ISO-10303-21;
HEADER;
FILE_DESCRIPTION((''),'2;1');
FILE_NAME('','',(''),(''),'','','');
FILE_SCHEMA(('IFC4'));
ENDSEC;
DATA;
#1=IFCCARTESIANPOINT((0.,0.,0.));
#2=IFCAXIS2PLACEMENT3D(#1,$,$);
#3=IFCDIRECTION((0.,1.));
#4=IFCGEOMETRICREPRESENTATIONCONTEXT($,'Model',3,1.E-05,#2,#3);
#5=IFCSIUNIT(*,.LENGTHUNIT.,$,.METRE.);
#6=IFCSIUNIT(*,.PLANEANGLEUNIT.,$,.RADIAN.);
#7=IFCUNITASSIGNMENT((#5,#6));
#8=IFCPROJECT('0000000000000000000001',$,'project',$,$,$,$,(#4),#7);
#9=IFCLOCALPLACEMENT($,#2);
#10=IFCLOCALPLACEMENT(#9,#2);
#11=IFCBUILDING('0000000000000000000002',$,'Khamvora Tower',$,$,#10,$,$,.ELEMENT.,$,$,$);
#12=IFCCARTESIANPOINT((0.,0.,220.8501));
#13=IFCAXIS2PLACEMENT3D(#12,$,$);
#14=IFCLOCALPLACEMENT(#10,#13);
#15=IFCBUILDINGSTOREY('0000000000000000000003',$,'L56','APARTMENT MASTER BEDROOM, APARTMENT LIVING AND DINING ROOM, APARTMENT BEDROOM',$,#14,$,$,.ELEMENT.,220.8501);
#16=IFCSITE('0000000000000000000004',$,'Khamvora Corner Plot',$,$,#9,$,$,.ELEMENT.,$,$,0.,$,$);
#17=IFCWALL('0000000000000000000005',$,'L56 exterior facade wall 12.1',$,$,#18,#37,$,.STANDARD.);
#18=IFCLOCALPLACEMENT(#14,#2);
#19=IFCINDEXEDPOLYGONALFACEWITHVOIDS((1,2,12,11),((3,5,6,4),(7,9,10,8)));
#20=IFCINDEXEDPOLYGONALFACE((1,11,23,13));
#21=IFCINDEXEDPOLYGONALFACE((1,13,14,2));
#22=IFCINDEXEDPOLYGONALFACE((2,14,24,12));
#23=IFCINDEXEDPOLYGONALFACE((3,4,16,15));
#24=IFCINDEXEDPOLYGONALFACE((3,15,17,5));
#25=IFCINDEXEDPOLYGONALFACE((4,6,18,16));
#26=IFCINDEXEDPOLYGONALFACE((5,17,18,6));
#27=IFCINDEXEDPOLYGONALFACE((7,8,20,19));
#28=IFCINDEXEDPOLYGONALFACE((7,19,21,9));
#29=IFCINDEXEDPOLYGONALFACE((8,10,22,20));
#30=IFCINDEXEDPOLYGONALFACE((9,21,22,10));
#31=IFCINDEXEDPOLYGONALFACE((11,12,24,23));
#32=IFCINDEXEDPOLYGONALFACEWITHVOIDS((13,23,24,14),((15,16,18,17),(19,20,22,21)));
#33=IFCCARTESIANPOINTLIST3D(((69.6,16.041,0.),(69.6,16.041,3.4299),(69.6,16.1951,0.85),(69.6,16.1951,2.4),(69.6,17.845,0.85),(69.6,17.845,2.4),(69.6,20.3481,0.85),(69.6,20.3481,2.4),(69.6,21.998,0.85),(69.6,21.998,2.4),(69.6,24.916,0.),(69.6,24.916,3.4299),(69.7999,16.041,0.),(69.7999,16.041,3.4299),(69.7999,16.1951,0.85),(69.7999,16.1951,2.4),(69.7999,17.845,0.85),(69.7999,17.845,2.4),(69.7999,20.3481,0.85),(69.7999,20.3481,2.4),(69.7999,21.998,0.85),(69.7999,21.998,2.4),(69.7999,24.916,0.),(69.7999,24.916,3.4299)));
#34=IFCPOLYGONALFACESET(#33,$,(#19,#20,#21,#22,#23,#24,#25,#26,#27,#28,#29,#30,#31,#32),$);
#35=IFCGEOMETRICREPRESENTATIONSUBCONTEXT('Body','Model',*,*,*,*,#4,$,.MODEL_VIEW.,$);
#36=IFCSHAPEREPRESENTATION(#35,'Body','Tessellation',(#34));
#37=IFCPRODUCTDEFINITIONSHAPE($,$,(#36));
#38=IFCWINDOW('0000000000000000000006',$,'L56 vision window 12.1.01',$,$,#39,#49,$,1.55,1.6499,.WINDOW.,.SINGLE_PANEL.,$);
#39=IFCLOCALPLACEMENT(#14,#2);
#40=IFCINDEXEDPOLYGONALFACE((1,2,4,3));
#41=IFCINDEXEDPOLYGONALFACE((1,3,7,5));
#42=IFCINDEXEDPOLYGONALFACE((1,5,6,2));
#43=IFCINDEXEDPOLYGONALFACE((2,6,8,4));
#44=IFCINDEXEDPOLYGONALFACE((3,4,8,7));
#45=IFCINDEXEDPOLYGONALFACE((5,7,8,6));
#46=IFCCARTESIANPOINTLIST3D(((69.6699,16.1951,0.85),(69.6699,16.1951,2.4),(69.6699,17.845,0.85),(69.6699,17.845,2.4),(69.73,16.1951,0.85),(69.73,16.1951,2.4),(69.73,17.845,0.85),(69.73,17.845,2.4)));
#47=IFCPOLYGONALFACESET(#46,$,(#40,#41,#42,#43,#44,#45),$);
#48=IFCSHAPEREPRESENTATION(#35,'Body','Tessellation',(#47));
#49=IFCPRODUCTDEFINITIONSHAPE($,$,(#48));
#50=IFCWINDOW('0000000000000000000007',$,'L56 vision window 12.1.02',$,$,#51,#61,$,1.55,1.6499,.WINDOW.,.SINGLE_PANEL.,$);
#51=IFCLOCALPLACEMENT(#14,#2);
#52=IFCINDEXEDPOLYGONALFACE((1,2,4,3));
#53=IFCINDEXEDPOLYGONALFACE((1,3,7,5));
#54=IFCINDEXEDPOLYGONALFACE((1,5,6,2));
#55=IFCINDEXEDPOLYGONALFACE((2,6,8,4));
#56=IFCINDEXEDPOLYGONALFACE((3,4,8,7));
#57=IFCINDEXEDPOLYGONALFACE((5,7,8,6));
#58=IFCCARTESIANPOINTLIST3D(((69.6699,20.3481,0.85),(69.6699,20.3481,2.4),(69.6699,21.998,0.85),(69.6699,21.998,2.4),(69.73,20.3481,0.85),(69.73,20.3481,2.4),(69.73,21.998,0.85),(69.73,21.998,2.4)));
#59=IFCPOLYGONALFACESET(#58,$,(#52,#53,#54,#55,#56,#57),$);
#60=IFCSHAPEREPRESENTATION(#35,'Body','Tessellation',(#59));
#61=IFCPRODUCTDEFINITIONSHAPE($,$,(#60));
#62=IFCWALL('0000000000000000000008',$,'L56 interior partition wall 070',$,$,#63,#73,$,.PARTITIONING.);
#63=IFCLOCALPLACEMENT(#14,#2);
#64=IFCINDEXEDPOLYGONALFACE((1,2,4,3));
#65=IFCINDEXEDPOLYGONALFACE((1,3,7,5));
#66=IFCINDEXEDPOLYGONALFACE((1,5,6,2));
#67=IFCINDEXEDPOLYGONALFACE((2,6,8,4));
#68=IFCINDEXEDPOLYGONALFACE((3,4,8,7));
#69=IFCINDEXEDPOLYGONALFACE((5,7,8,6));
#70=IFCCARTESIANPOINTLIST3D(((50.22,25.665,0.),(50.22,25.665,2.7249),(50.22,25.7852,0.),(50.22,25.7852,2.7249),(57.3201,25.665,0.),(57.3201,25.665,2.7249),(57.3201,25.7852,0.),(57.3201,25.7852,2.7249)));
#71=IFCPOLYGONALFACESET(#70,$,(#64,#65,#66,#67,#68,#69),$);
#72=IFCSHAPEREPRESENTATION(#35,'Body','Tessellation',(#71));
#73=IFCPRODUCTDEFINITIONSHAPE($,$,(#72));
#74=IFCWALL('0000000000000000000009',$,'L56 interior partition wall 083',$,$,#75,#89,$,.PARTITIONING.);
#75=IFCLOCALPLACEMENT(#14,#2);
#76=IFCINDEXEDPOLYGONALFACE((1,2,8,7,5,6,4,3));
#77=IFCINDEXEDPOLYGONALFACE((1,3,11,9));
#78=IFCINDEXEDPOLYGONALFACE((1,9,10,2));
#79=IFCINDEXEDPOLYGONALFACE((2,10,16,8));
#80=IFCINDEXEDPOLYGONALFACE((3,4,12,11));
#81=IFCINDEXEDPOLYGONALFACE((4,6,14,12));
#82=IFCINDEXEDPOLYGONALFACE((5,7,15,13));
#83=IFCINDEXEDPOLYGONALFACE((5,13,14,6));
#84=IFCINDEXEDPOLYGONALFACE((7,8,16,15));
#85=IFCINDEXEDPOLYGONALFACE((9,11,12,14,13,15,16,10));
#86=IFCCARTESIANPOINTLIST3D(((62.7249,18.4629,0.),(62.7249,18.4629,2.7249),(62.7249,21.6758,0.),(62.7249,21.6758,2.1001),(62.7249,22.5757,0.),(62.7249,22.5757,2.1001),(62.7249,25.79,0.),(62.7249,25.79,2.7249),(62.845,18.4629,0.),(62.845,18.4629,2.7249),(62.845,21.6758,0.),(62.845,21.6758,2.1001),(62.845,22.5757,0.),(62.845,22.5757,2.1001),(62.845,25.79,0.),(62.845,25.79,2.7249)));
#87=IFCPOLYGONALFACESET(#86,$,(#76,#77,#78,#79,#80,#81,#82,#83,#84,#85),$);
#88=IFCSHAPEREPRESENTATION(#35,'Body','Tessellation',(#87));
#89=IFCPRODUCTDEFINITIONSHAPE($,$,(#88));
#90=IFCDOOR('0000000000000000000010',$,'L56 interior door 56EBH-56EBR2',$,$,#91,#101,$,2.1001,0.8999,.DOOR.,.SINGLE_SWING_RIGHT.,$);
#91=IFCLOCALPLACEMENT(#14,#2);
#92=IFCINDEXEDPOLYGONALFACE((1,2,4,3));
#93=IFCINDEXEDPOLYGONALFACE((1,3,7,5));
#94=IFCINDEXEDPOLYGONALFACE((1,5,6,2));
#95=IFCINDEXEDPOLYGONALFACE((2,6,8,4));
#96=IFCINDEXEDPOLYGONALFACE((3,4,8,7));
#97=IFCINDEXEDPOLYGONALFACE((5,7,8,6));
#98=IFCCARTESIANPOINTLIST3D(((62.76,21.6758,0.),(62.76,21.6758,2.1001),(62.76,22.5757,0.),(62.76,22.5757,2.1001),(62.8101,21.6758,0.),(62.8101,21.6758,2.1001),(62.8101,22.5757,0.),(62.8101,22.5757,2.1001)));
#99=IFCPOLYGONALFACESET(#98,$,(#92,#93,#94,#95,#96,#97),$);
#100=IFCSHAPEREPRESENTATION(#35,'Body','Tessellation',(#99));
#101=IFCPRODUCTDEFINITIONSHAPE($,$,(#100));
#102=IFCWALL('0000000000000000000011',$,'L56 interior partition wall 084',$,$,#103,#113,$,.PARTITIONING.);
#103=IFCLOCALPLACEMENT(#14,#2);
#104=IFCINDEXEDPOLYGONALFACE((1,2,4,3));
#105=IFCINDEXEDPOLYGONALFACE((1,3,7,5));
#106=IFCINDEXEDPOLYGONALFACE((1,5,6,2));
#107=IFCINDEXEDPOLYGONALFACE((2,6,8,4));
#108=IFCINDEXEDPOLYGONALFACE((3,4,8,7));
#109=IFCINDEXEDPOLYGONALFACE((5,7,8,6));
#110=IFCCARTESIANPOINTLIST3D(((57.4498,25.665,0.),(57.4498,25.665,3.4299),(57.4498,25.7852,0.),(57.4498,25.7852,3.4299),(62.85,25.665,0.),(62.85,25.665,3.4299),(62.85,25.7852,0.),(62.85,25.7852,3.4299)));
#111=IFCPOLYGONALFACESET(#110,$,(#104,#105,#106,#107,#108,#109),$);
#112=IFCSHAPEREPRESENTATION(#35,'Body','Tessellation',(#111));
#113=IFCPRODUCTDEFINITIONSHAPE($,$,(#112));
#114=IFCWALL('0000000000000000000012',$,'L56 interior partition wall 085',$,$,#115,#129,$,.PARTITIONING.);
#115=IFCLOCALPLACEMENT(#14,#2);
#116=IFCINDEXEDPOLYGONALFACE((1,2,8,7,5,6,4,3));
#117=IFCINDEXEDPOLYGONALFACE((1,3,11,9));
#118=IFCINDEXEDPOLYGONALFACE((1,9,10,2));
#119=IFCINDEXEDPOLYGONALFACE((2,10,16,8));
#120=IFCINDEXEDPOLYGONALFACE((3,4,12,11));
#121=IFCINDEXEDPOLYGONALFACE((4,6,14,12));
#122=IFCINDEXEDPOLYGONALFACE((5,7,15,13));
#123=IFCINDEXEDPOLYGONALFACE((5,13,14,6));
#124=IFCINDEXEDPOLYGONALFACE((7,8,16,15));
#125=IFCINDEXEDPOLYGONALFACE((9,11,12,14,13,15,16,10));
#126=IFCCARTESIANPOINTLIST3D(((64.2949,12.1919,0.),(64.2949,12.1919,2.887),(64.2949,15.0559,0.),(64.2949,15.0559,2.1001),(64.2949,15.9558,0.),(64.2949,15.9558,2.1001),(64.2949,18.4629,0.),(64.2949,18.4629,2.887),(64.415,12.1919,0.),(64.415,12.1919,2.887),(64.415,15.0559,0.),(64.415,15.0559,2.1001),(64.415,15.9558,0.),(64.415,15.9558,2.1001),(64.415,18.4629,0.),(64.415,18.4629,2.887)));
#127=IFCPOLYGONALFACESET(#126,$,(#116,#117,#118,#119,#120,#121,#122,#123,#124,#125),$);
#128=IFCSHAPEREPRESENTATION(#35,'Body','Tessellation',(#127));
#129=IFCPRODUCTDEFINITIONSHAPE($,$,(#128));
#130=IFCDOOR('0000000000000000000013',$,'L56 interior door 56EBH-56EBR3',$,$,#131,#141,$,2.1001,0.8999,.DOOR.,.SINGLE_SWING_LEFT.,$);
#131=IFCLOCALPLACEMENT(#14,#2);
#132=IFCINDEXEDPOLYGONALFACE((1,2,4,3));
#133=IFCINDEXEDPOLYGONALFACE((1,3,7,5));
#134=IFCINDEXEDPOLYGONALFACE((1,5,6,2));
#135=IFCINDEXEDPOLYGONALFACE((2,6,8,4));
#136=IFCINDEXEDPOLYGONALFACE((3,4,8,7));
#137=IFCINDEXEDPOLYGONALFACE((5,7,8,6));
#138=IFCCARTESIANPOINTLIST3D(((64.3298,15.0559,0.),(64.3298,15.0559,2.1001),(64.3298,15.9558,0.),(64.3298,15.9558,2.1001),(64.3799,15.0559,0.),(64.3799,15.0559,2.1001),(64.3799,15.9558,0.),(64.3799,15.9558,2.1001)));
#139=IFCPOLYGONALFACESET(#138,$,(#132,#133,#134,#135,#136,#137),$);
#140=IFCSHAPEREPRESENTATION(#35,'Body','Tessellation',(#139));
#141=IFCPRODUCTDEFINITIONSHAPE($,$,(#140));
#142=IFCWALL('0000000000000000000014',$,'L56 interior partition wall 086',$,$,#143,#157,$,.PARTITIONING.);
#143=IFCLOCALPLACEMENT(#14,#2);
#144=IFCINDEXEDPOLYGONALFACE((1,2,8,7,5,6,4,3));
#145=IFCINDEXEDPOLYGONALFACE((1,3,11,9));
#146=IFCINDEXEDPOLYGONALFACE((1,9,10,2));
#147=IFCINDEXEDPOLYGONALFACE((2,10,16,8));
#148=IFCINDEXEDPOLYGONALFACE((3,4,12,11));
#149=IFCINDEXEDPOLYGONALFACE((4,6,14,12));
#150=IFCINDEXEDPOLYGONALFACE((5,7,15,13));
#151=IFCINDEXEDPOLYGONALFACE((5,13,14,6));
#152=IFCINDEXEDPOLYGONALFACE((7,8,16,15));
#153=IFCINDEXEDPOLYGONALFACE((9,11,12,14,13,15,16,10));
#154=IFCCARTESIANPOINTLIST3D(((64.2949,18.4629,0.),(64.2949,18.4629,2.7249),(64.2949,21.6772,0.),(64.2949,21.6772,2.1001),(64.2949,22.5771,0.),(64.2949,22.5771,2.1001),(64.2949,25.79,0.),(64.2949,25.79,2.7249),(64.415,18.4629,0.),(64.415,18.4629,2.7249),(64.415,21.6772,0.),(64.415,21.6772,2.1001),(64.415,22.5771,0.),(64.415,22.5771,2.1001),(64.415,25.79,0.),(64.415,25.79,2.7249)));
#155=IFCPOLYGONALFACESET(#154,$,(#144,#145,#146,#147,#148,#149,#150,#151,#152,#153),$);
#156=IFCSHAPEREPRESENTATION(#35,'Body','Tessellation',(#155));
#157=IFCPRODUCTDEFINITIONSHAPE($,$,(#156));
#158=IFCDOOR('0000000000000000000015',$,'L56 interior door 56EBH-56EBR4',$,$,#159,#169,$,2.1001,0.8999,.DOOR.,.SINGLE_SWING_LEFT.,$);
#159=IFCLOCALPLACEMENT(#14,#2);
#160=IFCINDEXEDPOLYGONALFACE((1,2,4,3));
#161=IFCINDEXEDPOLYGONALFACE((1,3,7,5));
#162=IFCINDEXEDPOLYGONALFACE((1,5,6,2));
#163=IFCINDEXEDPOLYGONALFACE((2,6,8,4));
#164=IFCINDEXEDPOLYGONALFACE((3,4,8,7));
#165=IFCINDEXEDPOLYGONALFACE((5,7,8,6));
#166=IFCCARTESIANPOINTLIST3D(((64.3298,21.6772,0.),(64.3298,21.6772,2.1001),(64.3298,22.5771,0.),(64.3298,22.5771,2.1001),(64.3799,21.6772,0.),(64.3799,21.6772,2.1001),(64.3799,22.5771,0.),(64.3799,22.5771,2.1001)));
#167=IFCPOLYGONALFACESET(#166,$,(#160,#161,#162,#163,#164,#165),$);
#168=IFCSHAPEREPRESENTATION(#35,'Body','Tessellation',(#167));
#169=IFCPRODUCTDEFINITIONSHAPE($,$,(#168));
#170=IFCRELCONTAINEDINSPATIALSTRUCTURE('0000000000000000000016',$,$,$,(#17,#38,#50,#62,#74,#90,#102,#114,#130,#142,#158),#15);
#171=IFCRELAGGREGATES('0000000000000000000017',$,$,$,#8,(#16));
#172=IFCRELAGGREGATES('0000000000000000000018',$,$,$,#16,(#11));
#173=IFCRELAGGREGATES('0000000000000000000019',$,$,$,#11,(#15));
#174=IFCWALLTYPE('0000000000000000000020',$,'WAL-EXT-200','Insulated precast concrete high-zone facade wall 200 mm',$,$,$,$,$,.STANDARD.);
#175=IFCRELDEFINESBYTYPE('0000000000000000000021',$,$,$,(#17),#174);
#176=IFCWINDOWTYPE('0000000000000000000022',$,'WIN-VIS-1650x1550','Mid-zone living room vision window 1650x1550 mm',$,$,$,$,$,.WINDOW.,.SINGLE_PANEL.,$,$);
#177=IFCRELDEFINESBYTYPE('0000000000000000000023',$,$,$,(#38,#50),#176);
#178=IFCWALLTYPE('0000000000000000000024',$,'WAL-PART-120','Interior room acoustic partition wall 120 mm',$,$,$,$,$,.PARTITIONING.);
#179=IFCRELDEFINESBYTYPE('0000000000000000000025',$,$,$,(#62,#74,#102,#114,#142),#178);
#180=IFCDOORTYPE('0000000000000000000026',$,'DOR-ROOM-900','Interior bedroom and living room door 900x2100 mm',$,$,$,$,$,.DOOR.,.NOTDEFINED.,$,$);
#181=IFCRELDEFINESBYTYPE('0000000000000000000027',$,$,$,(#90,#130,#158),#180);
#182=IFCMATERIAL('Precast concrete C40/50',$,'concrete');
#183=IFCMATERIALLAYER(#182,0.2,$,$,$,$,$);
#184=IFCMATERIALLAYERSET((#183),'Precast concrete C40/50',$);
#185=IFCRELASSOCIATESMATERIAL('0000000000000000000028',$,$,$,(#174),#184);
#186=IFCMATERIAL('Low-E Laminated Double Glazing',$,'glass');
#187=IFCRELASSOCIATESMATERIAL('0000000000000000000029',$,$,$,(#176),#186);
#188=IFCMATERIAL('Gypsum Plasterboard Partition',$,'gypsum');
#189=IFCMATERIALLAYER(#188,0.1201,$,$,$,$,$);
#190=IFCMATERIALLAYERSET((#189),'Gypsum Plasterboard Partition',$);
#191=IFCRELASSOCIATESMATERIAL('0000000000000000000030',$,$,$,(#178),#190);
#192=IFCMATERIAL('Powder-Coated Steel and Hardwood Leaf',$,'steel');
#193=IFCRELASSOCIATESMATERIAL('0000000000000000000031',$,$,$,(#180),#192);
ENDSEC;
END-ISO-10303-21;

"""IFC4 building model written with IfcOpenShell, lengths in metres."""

from ifc_helpers import new_model, si_unit, direction, frame, frame_2d, origin, place, context, subcontext, project, spatial, rectangle, extrude, material, layer, layer_set, type_object, element, fill, save


model = new_model("IFC4")

# Units and contexts
model_context = context("Model", 3, precision=1e-05, world=origin(), true_north=direction((0.0, 1.0)))
body_context = subcontext(model_context, "Body", "Model", "MODEL_VIEW")
ifc_project = project(units=[si_unit("LENGTHUNIT", "METRE"), si_unit("PLANEANGLEUNIT", "RADIAN")], contexts=[model_context])

# Site, building, storey
site_placement = place(None, origin())
site = spatial("IfcSite", under=ifc_project, at=site_placement, Name="Khamvora Corner Plot", CompositionType="ELEMENT", RefElevation=0.0)
building_placement = place(site_placement, origin())
building = spatial("IfcBuilding", under=site, at=building_placement, Name="Khamvora Tower", CompositionType="ELEMENT")
storey_placement = place(building_placement, frame((0.0, 0.0, 220.8501)))
storey = spatial("IfcBuildingStorey", under=building, at=storey_placement, Name="L56", Description="APARTMENT MASTER BEDROOM, APARTMENT LIVING AND DINING ROOM, APARTMENT BEDROOM", CompositionType="ELEMENT", Elevation=220.8501)

# Shared definitions
ifc_material_1 = material(Name="Precast concrete C40/50", Category="concrete")
ifc_layer_1 = layer(ifc_material_1, 0.2)
ifc_layer_set_1 = layer_set([ifc_layer_1], Name="Precast concrete C40/50")
wall_type_1 = type_object("IfcWallType", Name="WAL-EXT-200", Description="Insulated precast concrete high-zone facade wall 200 mm", PredefinedType="STANDARD", material=ifc_layer_set_1)
ifc_material_2 = material(Name="Low-E Laminated Double Glazing", Category="glass")

# Wall, openings, windows
wall_1_placement = place(storey_placement, frame((69.7, 24.916, 0.0), z_axis=(0.0, 0.0, 1.0), x_axis=(0.0, -1.0, 0.0)))
wall_1 = element("IfcWall", 1, at=wall_1_placement, inside=storey, type_object=wall_type_1, Name="L56 exterior facade wall 12.1", PredefinedType="STANDARD", context=body_context, shape_type="SweptSolid", body=[
    extrude(rectangle(XDim=8.875, YDim=0.2, at=frame_2d((4.4375, 0.0))), origin(), (0.0, 0.0, 1.0), 3.4299),
])
opening_1_placement = place(wall_1_placement, frame((7.071, 0.0, 0.8501)))
opening_1 = element("IfcOpeningElement", 2, at=opening_1_placement, cuts=wall_1, PredefinedType="OPENING", context=body_context, shape_type="SweptSolid", body=[
    extrude(rectangle(XDim=1.6499, YDim=1.55, at=frame_2d((0.825, 0.7749))), frame((0.0, 0.1099, 0.0), z_axis=(0.0, -1.0, 0.0), x_axis=(1.0, 0.0, 0.0)), (0.0, 0.0, 1.0), 0.22),
])
opening_2_placement = place(wall_1_placement, frame((2.918, 0.0, 0.8501)))
opening_2 = element("IfcOpeningElement", 3, at=opening_2_placement, cuts=wall_1, PredefinedType="OPENING", context=body_context, shape_type="SweptSolid", body=[
    extrude(rectangle(XDim=1.6499, YDim=1.55, at=frame_2d((0.825, 0.7749))), frame((0.0, 0.1099, 0.0), z_axis=(0.0, -1.0, 0.0), x_axis=(1.0, 0.0, 0.0)), (0.0, 0.0, 1.0), 0.22),
])
window_type_1 = type_object("IfcWindowType", Name="WIN-VIS-1650x1550", Description="Mid-zone living room vision window 1650x1550 mm", PartitioningType="SINGLE_PANEL", PredefinedType="WINDOW", material=ifc_material_2)
window_1_placement = place(opening_1_placement, origin())
window_1 = element("IfcWindow", 4, at=window_1_placement, inside=storey, type_object=window_type_1, Name="L56 vision window 12.1.01", OverallHeight=1.55, OverallWidth=1.6499, PartitioningType="SINGLE_PANEL", PredefinedType="WINDOW", context=body_context, shape_type="SweptSolid", body=[
    extrude(rectangle(XDim=1.6499, YDim=1.55, at=frame_2d((0.825, 0.7749))), frame((0.0, 0.03, 0.0), z_axis=(0.0, -1.0, 0.0), x_axis=(1.0, 0.0, 0.0)), (0.0, 0.0, 1.0), 0.0601),
])
fill(opening_1, window_1)
window_2_placement = place(opening_2_placement, origin())
window_2 = element("IfcWindow", 5, at=window_2_placement, inside=storey, type_object=window_type_1, Name="L56 vision window 12.1.02", OverallHeight=1.55, OverallWidth=1.6499, PartitioningType="SINGLE_PANEL", PredefinedType="WINDOW", context=body_context, shape_type="SweptSolid", body=[
    extrude(rectangle(XDim=1.6499, YDim=1.55, at=frame_2d((0.825, 0.7749))), frame((0.0, 0.03, 0.0), z_axis=(0.0, -1.0, 0.0), x_axis=(1.0, 0.0, 0.0)), (0.0, 0.0, 1.0), 0.0601),
])
fill(opening_2, window_2)

# Wall
ifc_material_3 = material(Name="Gypsum Plasterboard Partition", Category="gypsum")
ifc_layer_2 = layer(ifc_material_3, 0.1201)
ifc_layer_set_2 = layer_set([ifc_layer_2], Name="Gypsum Plasterboard Partition")
wall_type_2 = type_object("IfcWallType", Name="WAL-PART-120", Description="Interior room acoustic partition wall 120 mm", PredefinedType="PARTITIONING", material=ifc_layer_set_2)
wall_2_placement = place(storey_placement, frame((57.3201, 25.7251, 0.0), z_axis=(0.0, 0.0, 1.0), x_axis=(-1.0, 0.0, 0.0)))
element("IfcWall", 6, at=wall_2_placement, inside=storey, type_object=wall_type_2, Name="L56 interior partition wall 070", PredefinedType="PARTITIONING", context=body_context, shape_type="SweptSolid", body=[
    extrude(rectangle(XDim=7.1001, YDim=0.1201, at=frame_2d((3.55, 0.0))), origin(), (0.0, 0.0, 1.0), 2.7249),
])

# Wall, opening, door
wall_3_placement = place(storey_placement, frame((62.7849, 18.4629, 0.0), z_axis=(0.0, 0.0, 1.0), x_axis=(0.0, 1.0, 0.0)))
wall_3 = element("IfcWall", 7, at=wall_3_placement, inside=storey, type_object=wall_type_2, Name="L56 interior partition wall 083", PredefinedType="PARTITIONING", context=body_context, shape_type="SweptSolid", body=[
    extrude(rectangle(XDim=7.3271, YDim=0.1201, at=frame_2d((3.6636, 0.0))), origin(), (0.0, 0.0, 1.0), 2.7249),
])
opening_3_placement = place(wall_3_placement, frame((3.2129, 0.0, 0.0)))
opening_3 = element("IfcOpeningElement", 8, at=opening_3_placement, cuts=wall_3, PredefinedType="OPENING", context=body_context, shape_type="SweptSolid", body=[
    extrude(rectangle(XDim=0.8999, YDim=2.1001, at=frame_2d((0.45, 1.05))), frame((0.0, 0.0701, 0.0), z_axis=(0.0, -1.0, 0.0), x_axis=(1.0, 0.0, 0.0)), (0.0, 0.0, 1.0), 0.1401),
])
ifc_material_4 = material(Name="Powder-Coated Steel and Hardwood Leaf", Category="steel")
door_type_1 = type_object("IfcDoorType", Name="DOR-ROOM-900", Description="Interior bedroom and living room door 900x2100 mm", OperationType="NOTDEFINED", PredefinedType="DOOR", material=ifc_material_4)
door_1_placement = place(opening_3_placement, origin())
door_1 = element("IfcDoor", 9, at=door_1_placement, inside=storey, type_object=door_type_1, Name="L56 interior door 56EBH-56EBR2", OperationType="SINGLE_SWING_RIGHT", OverallHeight=2.1001, OverallWidth=0.8999, PredefinedType="DOOR", context=body_context, shape_type="SweptSolid", body=[
    extrude(rectangle(XDim=0.8999, YDim=2.1001, at=frame_2d((0.45, 1.05))), frame((0.0, 0.0249, 0.0), z_axis=(0.0, -1.0, 0.0), x_axis=(1.0, 0.0, 0.0)), (0.0, 0.0, 1.0), 0.05),
])
fill(opening_3, door_1)

# Wall
wall_4_placement = place(storey_placement, frame((62.8501, 25.7251, 0.0), z_axis=(0.0, 0.0, 1.0), x_axis=(-1.0, 0.0, 0.0)))
element("IfcWall", 10, at=wall_4_placement, inside=storey, type_object=wall_type_2, Name="L56 interior partition wall 084", PredefinedType="PARTITIONING", context=body_context, shape_type="SweptSolid", body=[
    extrude(rectangle(XDim=5.4001, YDim=0.1201, at=frame_2d((2.7002, 0.0))), origin(), (0.0, 0.0, 1.0), 3.4299),
])

# Walls, openings, doors
wall_5_placement = place(storey_placement, frame((64.355, 18.4629, 0.0), z_axis=(0.0, 0.0, 1.0), x_axis=(0.0, -1.0, 0.0)))
wall_5 = element("IfcWall", 11, at=wall_5_placement, inside=storey, type_object=wall_type_2, Name="L56 interior partition wall 085", PredefinedType="PARTITIONING", context=body_context, shape_type="SweptSolid", body=[
    extrude(rectangle(XDim=6.271, YDim=0.1201, at=frame_2d((3.1355, 0.0))), origin(), (0.0, 0.0, 1.0), 2.887),
])
opening_4_placement = place(wall_5_placement, frame((2.5071, 0.0, 0.0)))
opening_4 = element("IfcOpeningElement", 12, at=opening_4_placement, cuts=wall_5, PredefinedType="OPENING", context=body_context, shape_type="SweptSolid", body=[
    extrude(rectangle(XDim=0.8999, YDim=2.1001, at=frame_2d((0.45, 1.05))), frame((0.0, 0.0701, 0.0), z_axis=(0.0, -1.0, 0.0), x_axis=(1.0, 0.0, 0.0)), (0.0, 0.0, 1.0), 0.1401),
])
door_2_placement = place(opening_4_placement, origin())
door_2 = element("IfcDoor", 13, at=door_2_placement, inside=storey, type_object=door_type_1, Name="L56 interior door 56EBH-56EBR3", OperationType="SINGLE_SWING_LEFT", OverallHeight=2.1001, OverallWidth=0.8999, PredefinedType="DOOR", context=body_context, shape_type="SweptSolid", body=[
    extrude(rectangle(XDim=0.8999, YDim=2.1001, at=frame_2d((0.45, 1.05))), frame((0.0, 0.0249, 0.0), z_axis=(0.0, -1.0, 0.0), x_axis=(1.0, 0.0, 0.0)), (0.0, 0.0, 1.0), 0.05),
])
fill(opening_4, door_2)
wall_6_placement = place(storey_placement, frame((64.355, 25.79, 0.0), z_axis=(0.0, 0.0, 1.0), x_axis=(0.0, -1.0, 0.0)))
wall_6 = element("IfcWall", 14, at=wall_6_placement, inside=storey, type_object=wall_type_2, Name="L56 interior partition wall 086", PredefinedType="PARTITIONING", context=body_context, shape_type="SweptSolid", body=[
    extrude(rectangle(XDim=7.3271, YDim=0.1201, at=frame_2d((3.6636, 0.0))), origin(), (0.0, 0.0, 1.0), 2.7249),
])
opening_5_placement = place(wall_6_placement, frame((3.2129, 0.0, 0.0)))
opening_5 = element("IfcOpeningElement", 15, at=opening_5_placement, cuts=wall_6, PredefinedType="OPENING", context=body_context, shape_type="SweptSolid", body=[
    extrude(rectangle(XDim=0.8999, YDim=2.1001, at=frame_2d((0.45, 1.05))), frame((0.0, 0.0701, 0.0), z_axis=(0.0, -1.0, 0.0), x_axis=(1.0, 0.0, 0.0)), (0.0, 0.0, 1.0), 0.1401),
])
door_3_placement = place(opening_5_placement, origin())
door_3 = element("IfcDoor", 16, at=door_3_placement, inside=storey, type_object=door_type_1, Name="L56 interior door 56EBH-56EBR4", OperationType="SINGLE_SWING_LEFT", OverallHeight=2.1001, OverallWidth=0.8999, PredefinedType="DOOR", context=body_context, shape_type="SweptSolid", body=[
    extrude(rectangle(XDim=0.8999, YDim=2.1001, at=frame_2d((0.45, 1.05))), frame((0.0, 0.0249, 0.0), z_axis=(0.0, -1.0, 0.0), x_axis=(1.0, 0.0, 0.0)), (0.0, 0.0, 1.0), 0.05),
])
fill(opening_5, door_3)

save(model, "model.ifc")
